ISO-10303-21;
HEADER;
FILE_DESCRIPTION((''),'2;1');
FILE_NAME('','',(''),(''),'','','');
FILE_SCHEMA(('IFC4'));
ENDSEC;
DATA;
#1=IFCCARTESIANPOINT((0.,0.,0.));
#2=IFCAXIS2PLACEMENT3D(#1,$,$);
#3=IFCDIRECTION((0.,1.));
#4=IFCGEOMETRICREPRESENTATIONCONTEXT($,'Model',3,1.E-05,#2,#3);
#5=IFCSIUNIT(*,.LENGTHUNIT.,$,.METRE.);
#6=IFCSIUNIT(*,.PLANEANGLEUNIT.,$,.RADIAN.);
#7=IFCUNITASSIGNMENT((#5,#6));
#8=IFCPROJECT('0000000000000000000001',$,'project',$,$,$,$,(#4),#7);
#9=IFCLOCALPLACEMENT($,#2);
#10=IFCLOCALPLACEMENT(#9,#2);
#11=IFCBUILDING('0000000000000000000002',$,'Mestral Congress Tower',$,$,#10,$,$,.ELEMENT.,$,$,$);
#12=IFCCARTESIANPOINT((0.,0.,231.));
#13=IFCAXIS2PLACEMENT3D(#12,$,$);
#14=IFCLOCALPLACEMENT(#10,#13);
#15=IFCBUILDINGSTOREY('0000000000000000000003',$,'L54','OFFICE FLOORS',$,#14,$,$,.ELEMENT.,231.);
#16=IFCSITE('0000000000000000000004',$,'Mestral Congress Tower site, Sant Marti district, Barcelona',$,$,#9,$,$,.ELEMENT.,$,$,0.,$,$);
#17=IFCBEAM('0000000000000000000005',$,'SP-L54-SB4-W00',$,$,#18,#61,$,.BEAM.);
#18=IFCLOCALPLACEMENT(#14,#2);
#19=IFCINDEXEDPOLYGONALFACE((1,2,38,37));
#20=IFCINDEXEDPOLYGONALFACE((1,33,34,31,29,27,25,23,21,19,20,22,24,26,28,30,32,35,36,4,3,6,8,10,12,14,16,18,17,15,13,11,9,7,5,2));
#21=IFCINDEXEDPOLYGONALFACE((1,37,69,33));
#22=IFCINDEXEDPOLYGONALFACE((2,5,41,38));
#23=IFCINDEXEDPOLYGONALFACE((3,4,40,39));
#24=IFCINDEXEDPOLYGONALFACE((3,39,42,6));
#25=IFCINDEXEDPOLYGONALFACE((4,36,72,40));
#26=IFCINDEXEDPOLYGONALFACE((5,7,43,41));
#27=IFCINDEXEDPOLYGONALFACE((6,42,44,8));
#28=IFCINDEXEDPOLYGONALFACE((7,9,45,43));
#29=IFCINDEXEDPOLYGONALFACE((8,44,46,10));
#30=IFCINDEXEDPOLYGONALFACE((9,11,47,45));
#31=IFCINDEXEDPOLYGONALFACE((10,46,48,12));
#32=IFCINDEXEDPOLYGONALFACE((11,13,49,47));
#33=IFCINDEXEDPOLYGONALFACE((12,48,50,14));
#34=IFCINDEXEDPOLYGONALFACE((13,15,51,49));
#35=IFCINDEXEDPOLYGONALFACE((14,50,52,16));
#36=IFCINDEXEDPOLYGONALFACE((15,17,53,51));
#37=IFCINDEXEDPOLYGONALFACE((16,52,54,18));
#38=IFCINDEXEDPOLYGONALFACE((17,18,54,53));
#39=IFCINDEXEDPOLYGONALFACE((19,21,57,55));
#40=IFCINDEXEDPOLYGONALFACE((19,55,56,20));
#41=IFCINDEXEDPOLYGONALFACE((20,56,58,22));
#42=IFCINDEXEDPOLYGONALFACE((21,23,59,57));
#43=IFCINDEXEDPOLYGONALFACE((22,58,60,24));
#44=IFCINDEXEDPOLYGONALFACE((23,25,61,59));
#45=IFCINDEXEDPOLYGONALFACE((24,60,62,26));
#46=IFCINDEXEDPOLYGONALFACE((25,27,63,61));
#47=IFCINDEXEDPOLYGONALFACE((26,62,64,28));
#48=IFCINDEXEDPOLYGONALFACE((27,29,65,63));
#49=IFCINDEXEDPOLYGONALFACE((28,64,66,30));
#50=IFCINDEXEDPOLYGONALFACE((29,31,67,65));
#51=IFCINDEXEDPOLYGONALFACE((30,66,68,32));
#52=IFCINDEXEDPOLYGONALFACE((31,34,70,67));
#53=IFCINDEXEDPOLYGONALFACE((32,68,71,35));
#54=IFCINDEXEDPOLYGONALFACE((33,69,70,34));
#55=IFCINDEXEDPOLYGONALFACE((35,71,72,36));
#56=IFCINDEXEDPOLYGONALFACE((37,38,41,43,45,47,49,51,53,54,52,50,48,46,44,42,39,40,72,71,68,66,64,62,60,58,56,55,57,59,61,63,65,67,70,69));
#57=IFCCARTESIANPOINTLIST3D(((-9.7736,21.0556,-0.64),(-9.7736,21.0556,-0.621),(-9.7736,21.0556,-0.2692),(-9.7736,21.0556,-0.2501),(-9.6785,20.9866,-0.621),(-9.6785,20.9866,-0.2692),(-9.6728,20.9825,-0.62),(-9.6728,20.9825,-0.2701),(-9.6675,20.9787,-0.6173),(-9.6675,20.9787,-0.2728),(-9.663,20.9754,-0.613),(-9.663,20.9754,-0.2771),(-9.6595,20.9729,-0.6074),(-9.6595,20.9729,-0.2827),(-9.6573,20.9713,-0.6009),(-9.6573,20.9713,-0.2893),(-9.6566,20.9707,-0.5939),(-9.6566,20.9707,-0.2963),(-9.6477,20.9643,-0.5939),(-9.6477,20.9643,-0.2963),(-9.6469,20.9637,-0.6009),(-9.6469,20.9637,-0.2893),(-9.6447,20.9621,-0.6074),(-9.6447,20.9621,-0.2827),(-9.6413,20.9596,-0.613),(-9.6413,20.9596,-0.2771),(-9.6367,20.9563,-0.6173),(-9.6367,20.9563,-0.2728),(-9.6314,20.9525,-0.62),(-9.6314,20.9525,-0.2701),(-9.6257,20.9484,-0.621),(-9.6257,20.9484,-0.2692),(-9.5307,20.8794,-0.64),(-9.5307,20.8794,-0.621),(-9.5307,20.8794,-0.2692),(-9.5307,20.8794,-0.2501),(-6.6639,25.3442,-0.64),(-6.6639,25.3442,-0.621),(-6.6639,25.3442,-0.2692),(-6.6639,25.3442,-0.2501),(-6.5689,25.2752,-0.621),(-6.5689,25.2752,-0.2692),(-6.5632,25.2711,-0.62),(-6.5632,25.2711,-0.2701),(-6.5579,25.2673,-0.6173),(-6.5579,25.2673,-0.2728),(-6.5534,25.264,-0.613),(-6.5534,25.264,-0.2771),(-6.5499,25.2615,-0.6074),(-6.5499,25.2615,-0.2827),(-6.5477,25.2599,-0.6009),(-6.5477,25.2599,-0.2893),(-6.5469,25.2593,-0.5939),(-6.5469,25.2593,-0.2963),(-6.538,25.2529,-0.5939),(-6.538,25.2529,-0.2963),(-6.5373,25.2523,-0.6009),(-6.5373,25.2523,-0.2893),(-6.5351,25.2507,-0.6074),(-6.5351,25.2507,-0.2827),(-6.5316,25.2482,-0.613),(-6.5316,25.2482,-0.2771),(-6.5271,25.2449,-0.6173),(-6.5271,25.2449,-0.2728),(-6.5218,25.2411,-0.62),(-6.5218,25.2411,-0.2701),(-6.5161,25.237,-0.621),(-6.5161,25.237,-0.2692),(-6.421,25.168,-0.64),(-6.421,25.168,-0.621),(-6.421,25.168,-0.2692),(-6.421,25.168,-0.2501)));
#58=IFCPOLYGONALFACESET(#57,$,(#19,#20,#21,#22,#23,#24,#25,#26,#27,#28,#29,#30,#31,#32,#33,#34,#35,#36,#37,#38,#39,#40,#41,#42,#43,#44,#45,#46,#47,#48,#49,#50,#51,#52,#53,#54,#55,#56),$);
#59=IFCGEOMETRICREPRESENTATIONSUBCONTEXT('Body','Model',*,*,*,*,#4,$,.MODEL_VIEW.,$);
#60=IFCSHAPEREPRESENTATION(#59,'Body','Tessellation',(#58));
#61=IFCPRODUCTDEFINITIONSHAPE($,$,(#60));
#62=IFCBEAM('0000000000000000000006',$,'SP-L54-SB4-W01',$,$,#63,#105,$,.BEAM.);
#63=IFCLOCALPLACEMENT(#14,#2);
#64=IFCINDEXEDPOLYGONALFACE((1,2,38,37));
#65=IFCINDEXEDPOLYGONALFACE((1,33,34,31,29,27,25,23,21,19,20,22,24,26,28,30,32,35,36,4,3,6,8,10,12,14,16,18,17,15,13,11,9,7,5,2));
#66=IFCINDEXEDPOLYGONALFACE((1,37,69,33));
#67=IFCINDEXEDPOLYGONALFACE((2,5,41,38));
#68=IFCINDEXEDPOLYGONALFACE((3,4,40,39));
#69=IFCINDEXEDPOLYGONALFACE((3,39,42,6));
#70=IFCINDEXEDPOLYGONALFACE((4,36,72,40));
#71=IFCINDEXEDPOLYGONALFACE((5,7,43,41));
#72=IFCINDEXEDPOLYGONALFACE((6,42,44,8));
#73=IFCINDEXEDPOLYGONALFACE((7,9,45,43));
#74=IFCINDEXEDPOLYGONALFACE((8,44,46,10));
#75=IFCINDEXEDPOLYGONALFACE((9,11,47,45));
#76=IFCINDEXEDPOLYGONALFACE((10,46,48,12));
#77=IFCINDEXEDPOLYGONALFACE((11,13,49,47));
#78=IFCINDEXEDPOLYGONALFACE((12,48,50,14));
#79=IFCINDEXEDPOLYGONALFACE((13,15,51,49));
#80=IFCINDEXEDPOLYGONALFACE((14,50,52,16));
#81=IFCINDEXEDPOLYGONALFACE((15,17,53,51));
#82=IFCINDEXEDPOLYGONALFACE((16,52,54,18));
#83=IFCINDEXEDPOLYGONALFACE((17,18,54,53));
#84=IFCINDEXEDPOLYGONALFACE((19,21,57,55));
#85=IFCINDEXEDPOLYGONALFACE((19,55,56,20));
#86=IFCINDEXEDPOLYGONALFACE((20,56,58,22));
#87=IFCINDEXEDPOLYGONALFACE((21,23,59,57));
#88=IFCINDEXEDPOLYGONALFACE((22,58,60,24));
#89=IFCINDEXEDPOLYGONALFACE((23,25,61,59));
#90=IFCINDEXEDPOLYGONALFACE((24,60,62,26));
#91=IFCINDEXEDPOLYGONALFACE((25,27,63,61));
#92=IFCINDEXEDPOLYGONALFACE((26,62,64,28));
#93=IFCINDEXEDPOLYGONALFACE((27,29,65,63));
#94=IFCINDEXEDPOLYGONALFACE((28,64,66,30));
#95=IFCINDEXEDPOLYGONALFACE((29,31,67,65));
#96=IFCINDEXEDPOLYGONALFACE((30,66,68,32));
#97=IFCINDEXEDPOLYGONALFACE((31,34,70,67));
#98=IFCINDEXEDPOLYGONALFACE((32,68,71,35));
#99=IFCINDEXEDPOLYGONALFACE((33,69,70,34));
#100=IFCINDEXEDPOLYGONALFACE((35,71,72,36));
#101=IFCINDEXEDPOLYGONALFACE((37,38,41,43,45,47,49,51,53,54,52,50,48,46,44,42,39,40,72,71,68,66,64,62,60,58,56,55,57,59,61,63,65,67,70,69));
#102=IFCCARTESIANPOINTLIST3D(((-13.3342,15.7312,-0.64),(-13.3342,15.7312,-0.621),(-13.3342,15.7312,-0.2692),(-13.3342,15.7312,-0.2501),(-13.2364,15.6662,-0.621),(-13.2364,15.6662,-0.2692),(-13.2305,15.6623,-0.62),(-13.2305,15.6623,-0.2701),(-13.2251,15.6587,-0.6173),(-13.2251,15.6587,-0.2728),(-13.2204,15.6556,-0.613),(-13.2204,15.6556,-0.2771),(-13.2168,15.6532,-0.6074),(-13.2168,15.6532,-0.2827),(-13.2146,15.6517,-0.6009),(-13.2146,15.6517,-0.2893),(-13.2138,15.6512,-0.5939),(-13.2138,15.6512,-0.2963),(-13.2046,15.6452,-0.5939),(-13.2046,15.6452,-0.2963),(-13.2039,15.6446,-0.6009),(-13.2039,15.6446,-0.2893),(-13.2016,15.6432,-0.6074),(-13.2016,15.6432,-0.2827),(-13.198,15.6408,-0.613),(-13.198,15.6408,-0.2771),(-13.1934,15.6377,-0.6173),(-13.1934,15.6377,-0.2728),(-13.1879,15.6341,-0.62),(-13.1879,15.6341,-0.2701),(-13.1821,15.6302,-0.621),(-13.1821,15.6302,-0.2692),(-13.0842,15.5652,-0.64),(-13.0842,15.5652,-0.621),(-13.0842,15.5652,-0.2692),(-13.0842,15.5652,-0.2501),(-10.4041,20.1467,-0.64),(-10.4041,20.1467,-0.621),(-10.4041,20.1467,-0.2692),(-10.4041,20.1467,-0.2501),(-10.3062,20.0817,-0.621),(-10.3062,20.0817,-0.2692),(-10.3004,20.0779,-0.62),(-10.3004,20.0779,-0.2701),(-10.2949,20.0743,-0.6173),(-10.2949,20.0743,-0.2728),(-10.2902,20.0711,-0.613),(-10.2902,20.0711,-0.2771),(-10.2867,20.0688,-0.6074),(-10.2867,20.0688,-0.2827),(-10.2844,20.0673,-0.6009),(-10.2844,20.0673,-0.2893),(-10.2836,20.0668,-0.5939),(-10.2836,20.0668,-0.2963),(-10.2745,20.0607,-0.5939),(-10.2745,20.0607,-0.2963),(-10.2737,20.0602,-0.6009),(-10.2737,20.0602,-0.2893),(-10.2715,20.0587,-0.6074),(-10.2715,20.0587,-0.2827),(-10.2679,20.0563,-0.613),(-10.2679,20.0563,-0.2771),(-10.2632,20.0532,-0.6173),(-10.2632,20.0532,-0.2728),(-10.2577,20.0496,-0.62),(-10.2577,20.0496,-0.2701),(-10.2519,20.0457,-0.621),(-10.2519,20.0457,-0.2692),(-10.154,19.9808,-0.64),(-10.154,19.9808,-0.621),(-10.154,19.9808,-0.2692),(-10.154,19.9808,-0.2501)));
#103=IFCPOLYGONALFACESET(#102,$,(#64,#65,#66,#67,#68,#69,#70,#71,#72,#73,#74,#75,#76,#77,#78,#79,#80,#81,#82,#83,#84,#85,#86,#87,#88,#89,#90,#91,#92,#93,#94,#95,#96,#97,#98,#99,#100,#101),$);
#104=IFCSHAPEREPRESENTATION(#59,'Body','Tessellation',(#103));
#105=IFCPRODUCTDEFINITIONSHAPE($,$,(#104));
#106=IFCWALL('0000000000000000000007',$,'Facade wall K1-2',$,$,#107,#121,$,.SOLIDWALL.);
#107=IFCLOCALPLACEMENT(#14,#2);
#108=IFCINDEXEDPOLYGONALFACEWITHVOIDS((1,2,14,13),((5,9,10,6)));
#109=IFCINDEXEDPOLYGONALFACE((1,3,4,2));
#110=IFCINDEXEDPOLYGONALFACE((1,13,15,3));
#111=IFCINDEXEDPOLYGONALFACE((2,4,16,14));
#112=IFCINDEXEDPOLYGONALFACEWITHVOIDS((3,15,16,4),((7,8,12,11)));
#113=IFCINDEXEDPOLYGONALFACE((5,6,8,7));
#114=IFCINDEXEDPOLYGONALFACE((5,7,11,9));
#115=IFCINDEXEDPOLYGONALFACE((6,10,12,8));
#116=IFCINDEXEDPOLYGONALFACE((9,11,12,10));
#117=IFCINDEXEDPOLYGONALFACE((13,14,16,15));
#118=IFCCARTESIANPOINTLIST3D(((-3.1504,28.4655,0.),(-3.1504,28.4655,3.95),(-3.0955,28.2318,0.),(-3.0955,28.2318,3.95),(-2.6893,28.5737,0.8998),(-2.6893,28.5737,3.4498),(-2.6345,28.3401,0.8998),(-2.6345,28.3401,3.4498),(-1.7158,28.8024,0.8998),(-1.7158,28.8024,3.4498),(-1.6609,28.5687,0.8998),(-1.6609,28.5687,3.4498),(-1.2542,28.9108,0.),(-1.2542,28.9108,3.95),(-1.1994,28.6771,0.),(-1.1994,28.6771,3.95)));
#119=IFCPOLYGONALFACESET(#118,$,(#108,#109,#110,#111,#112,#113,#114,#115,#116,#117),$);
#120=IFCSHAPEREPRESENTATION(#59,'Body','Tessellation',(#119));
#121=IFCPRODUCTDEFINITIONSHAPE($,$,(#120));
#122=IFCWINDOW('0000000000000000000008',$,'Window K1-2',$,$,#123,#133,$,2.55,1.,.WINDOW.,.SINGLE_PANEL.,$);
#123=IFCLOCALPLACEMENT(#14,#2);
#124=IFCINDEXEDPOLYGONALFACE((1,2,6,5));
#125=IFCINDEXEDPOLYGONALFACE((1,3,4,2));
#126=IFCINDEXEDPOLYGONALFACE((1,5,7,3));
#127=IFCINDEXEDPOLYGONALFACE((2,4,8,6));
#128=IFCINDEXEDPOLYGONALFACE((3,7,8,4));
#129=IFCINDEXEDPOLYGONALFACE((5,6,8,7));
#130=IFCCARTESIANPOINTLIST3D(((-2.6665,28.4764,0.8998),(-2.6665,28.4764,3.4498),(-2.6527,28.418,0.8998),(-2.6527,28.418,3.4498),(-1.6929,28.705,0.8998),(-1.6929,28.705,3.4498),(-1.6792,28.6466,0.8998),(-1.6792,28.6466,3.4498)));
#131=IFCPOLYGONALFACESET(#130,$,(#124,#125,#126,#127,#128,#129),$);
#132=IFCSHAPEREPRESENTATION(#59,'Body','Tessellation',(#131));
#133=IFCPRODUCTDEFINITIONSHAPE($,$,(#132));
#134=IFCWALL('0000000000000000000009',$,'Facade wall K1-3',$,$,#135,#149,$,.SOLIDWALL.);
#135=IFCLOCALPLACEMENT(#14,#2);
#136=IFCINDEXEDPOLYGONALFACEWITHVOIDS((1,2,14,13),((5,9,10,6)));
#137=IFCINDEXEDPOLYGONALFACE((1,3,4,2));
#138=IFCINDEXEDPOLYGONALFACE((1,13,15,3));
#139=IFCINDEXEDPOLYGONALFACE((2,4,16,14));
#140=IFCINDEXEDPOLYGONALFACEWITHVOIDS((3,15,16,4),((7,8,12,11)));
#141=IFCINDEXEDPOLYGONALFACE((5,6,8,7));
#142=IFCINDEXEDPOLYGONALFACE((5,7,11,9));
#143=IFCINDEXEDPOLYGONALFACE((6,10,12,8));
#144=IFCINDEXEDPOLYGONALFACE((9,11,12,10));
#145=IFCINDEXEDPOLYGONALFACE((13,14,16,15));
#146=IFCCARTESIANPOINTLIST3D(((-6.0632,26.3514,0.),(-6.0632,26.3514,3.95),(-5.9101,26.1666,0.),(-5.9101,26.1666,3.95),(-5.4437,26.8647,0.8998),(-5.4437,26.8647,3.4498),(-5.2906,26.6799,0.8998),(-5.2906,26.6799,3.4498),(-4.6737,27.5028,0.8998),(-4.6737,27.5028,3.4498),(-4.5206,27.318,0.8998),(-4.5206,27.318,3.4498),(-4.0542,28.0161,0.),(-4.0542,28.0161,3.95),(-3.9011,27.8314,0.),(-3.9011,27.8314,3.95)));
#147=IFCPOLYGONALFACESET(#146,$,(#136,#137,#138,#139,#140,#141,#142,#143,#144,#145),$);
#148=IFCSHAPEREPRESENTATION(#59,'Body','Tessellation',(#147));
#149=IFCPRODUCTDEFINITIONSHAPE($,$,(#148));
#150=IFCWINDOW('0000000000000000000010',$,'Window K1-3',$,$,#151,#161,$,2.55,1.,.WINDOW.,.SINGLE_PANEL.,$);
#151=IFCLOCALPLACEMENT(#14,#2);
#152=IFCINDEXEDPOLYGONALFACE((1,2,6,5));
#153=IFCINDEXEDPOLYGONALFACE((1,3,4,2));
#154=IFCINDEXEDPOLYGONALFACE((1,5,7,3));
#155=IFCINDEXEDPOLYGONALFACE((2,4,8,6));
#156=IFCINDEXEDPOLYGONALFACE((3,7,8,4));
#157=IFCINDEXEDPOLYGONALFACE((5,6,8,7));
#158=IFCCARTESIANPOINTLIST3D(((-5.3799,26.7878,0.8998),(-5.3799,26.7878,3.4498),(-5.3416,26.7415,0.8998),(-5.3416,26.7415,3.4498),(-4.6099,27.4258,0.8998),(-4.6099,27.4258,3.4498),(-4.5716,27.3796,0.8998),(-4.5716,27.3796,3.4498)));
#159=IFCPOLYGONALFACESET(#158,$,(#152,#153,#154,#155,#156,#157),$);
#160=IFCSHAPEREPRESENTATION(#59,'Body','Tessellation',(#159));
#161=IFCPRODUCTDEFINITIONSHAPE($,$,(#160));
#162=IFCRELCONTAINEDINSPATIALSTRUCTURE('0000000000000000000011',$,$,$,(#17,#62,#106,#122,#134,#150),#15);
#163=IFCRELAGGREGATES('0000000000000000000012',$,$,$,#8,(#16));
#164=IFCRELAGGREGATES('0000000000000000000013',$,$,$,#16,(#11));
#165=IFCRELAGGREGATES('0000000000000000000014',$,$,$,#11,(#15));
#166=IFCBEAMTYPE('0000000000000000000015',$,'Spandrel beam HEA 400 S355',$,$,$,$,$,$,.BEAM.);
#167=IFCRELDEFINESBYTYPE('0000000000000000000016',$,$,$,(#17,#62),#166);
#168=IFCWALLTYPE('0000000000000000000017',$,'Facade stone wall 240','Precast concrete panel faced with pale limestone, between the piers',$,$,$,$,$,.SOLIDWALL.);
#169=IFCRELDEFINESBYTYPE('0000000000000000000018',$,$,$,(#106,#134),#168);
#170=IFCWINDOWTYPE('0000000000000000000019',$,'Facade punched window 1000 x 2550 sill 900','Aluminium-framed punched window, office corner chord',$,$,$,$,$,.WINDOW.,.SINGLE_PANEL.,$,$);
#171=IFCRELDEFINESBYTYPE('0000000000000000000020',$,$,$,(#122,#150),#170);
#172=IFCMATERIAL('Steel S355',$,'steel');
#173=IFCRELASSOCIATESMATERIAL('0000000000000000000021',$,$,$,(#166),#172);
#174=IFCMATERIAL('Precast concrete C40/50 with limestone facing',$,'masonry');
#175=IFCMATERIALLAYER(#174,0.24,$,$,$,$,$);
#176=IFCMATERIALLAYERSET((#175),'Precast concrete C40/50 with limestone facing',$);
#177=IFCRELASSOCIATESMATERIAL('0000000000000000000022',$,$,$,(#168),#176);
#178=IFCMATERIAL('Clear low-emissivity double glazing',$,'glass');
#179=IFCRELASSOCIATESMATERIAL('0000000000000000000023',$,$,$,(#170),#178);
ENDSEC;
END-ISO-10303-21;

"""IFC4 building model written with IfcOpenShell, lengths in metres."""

from ifc_helpers import new_model, si_unit, direction, frame, frame_2d, origin, origin_2d, place, context, subcontext, project, spatial, rectangle, i_section, extrude, material, layer, layer_set, material_profile, profile_set, type_object, element, fill, save


model = new_model("IFC4")

# Units and contexts
model_context = context("Model", 3, precision=1e-05, world=origin(), true_north=direction((0.0, 1.0)))
body_context = subcontext(model_context, "Body", "Model", "MODEL_VIEW")
ifc_project = project(units=[si_unit("LENGTHUNIT", "METRE"), si_unit("PLANEANGLEUNIT", "RADIAN")], contexts=[model_context])

# Site, building, storey
site_placement = place(None, origin())
site = spatial("IfcSite", under=ifc_project, at=site_placement, Name="Mestral Congress Tower site, Sant Marti district, Barcelona", CompositionType="ELEMENT", RefElevation=0.0)
building_placement = place(site_placement, origin())
building = spatial("IfcBuilding", under=site, at=building_placement, Name="Mestral Congress Tower", CompositionType="ELEMENT")
storey_placement = place(building_placement, frame((0.0, 0.0, 231.0)))
storey = spatial("IfcBuildingStorey", under=building, at=storey_placement, Name="L54", Description="OFFICE FLOORS", CompositionType="ELEMENT", Elevation=231.0)

# Beams
ifc_material_1 = material(Name="Steel S355", Category="steel")
ifc_material_profile_1 = material_profile(ifc_material_1, i_section(OverallWidth=0.3, OverallDepth=0.3899, WebThickness=0.011, FlangeThickness=0.019, FilletRadius=0.0271, at=origin_2d()), Name="HEA 400")
ifc_profile_set_1 = profile_set([ifc_material_profile_1], Name="Steel S355")
beam_type_1 = type_object("IfcBeamType", Name="Spandrel beam HEA 400 S355", PredefinedType="BEAM", material=ifc_profile_set_1)
beam_1_placement = place(storey_placement, frame((-6.5425, 25.2561, -0.4451), z_axis=(-0.587017, -0.809574, 0.0), x_axis=(0.809574, -0.587017, 0.0)))
element("IfcBeam", 1, at=beam_1_placement, inside=storey, type_object=beam_type_1, Name="SP-L54-SB4-W00", PredefinedType="BEAM", context=body_context, shape_type="SweptSolid", body=[
    extrude(i_section(OverallWidth=0.3, OverallDepth=0.3899, WebThickness=0.011, FlangeThickness=0.019, FilletRadius=0.0271, at=origin_2d()), origin(), (0.0, 0.0, 1.0), 5.2974),
])
beam_2_placement = place(storey_placement, frame((-10.2791, 20.0637, -0.4451), z_axis=(-0.552934, -0.833225, 0.0), x_axis=(0.833225, -0.552934, 0.0)))
element("IfcBeam", 2, at=beam_2_placement, inside=storey, type_object=beam_type_1, Name="SP-L54-SB4-W01", PredefinedType="BEAM", context=body_context, shape_type="SweptSolid", body=[
    extrude(i_section(OverallWidth=0.3, OverallDepth=0.3899, WebThickness=0.011, FlangeThickness=0.019, FilletRadius=0.0271, at=origin_2d()), origin(), (0.0, 0.0, 1.0), 5.2993),
])

# Walls, openings, windows
ifc_material_2 = material(Name="Precast concrete C40/50 with limestone facing", Category="masonry")
ifc_layer_1 = layer(ifc_material_2, 0.24)
ifc_layer_set_1 = layer_set([ifc_layer_1], Name="Precast concrete C40/50 with limestone facing")
wall_type_1 = type_object("IfcWallType", Name="Facade stone wall 240", Description="Precast concrete panel faced with pale limestone, between the piers", PredefinedType="SOLIDWALL", material=ifc_layer_set_1)
wall_1_placement = place(storey_placement, frame((-1.2268, 28.7939, 0.0), z_axis=(0.0, 0.0, 1.0), x_axis=(-0.973516, -0.22862, 0.0)))
wall_1 = element("IfcWall", 3, at=wall_1_placement, inside=storey, type_object=wall_type_1, Name="Facade wall K1-2", PredefinedType="SOLIDWALL", context=body_context, shape_type="SweptSolid", body=[
    extrude(rectangle(XDim=1.9478, YDim=0.24, at=frame_2d((0.9739, 0.0))), origin(), (0.0, 0.0, 1.0), 3.95),
])
opening_1_placement = place(wall_1_placement, frame((0.4741, 0.0, 0.8999)))
opening_1 = element("IfcOpeningElement", 4, at=opening_1_placement, cuts=wall_1, PredefinedType="OPENING", context=body_context, shape_type="SweptSolid", body=[
    extrude(rectangle(XDim=1.0, YDim=2.55, at=frame_2d((0.5, 1.2749))), frame((0.0, 0.1299, 0.0), z_axis=(0.0, -1.0, 0.0), x_axis=(1.0, 0.0, 0.0)), (0.0, 0.0, 1.0), 0.26),
])
ifc_material_3 = material(Name="Clear low-emissivity double glazing", Category="glass")
window_type_1 = type_object("IfcWindowType", Name="Facade punched window 1000 x 2550 sill 900", Description="Aluminium-framed punched window, office corner chord", PartitioningType="SINGLE_PANEL", PredefinedType="WINDOW", material=ifc_material_3)
window_1_placement = place(opening_1_placement, origin())
window_1 = element("IfcWindow", 5, at=window_1_placement, inside=storey, type_object=window_type_1, Name="Window K1-2", OverallHeight=2.55, OverallWidth=1.0, PartitioningType="SINGLE_PANEL", PredefinedType="WINDOW", context=body_context, shape_type="SweptSolid", body=[
    extrude(rectangle(XDim=1.0, YDim=2.55, at=frame_2d((0.5, 1.2749))), frame((0.0, 0.04, 0.0), z_axis=(0.0, -1.0, 0.0), x_axis=(1.0, 0.0, 0.0)), (0.0, 0.0, 1.0), 0.0601),
])
fill(opening_1, window_1)
wall_2_placement = place(storey_placement, frame((-3.9775, 27.9238, 0.0), z_axis=(0.0, 0.0, 1.0), x_axis=(-0.76999, -0.638056, 0.0)))
wall_2 = element("IfcWall", 6, at=wall_2_placement, inside=storey, type_object=wall_type_1, Name="Facade wall K1-3", PredefinedType="SOLIDWALL", context=body_context, shape_type="SweptSolid", body=[
    extrude(rectangle(XDim=2.6091, YDim=0.24, at=frame_2d((1.3047, 0.0))), origin(), (0.0, 0.0, 1.0), 3.95),
])
opening_2_placement = place(wall_2_placement, frame((0.8047, 0.0, 0.8999)))
opening_2 = element("IfcOpeningElement", 7, at=opening_2_placement, cuts=wall_2, PredefinedType="OPENING", context=body_context, shape_type="SweptSolid", body=[
    extrude(rectangle(XDim=1.0, YDim=2.55, at=frame_2d((0.5, 1.2749))), frame((0.0, 0.1299, 0.0), z_axis=(0.0, -1.0, 0.0), x_axis=(1.0, 0.0, 0.0)), (0.0, 0.0, 1.0), 0.26),
])
window_2_placement = place(opening_2_placement, origin())
window_2 = element("IfcWindow", 8, at=window_2_placement, inside=storey, type_object=window_type_1, Name="Window K1-3", OverallHeight=2.55, OverallWidth=1.0, PartitioningType="SINGLE_PANEL", PredefinedType="WINDOW", context=body_context, shape_type="SweptSolid", body=[
    extrude(rectangle(XDim=1.0, YDim=2.55, at=frame_2d((0.5, 1.2749))), frame((0.0, 0.04, 0.0), z_axis=(0.0, -1.0, 0.0), x_axis=(1.0, 0.0, 0.0)), (0.0, 0.0, 1.0), 0.0601),
])
fill(opening_2, window_2)

save(model, "model.ifc")
